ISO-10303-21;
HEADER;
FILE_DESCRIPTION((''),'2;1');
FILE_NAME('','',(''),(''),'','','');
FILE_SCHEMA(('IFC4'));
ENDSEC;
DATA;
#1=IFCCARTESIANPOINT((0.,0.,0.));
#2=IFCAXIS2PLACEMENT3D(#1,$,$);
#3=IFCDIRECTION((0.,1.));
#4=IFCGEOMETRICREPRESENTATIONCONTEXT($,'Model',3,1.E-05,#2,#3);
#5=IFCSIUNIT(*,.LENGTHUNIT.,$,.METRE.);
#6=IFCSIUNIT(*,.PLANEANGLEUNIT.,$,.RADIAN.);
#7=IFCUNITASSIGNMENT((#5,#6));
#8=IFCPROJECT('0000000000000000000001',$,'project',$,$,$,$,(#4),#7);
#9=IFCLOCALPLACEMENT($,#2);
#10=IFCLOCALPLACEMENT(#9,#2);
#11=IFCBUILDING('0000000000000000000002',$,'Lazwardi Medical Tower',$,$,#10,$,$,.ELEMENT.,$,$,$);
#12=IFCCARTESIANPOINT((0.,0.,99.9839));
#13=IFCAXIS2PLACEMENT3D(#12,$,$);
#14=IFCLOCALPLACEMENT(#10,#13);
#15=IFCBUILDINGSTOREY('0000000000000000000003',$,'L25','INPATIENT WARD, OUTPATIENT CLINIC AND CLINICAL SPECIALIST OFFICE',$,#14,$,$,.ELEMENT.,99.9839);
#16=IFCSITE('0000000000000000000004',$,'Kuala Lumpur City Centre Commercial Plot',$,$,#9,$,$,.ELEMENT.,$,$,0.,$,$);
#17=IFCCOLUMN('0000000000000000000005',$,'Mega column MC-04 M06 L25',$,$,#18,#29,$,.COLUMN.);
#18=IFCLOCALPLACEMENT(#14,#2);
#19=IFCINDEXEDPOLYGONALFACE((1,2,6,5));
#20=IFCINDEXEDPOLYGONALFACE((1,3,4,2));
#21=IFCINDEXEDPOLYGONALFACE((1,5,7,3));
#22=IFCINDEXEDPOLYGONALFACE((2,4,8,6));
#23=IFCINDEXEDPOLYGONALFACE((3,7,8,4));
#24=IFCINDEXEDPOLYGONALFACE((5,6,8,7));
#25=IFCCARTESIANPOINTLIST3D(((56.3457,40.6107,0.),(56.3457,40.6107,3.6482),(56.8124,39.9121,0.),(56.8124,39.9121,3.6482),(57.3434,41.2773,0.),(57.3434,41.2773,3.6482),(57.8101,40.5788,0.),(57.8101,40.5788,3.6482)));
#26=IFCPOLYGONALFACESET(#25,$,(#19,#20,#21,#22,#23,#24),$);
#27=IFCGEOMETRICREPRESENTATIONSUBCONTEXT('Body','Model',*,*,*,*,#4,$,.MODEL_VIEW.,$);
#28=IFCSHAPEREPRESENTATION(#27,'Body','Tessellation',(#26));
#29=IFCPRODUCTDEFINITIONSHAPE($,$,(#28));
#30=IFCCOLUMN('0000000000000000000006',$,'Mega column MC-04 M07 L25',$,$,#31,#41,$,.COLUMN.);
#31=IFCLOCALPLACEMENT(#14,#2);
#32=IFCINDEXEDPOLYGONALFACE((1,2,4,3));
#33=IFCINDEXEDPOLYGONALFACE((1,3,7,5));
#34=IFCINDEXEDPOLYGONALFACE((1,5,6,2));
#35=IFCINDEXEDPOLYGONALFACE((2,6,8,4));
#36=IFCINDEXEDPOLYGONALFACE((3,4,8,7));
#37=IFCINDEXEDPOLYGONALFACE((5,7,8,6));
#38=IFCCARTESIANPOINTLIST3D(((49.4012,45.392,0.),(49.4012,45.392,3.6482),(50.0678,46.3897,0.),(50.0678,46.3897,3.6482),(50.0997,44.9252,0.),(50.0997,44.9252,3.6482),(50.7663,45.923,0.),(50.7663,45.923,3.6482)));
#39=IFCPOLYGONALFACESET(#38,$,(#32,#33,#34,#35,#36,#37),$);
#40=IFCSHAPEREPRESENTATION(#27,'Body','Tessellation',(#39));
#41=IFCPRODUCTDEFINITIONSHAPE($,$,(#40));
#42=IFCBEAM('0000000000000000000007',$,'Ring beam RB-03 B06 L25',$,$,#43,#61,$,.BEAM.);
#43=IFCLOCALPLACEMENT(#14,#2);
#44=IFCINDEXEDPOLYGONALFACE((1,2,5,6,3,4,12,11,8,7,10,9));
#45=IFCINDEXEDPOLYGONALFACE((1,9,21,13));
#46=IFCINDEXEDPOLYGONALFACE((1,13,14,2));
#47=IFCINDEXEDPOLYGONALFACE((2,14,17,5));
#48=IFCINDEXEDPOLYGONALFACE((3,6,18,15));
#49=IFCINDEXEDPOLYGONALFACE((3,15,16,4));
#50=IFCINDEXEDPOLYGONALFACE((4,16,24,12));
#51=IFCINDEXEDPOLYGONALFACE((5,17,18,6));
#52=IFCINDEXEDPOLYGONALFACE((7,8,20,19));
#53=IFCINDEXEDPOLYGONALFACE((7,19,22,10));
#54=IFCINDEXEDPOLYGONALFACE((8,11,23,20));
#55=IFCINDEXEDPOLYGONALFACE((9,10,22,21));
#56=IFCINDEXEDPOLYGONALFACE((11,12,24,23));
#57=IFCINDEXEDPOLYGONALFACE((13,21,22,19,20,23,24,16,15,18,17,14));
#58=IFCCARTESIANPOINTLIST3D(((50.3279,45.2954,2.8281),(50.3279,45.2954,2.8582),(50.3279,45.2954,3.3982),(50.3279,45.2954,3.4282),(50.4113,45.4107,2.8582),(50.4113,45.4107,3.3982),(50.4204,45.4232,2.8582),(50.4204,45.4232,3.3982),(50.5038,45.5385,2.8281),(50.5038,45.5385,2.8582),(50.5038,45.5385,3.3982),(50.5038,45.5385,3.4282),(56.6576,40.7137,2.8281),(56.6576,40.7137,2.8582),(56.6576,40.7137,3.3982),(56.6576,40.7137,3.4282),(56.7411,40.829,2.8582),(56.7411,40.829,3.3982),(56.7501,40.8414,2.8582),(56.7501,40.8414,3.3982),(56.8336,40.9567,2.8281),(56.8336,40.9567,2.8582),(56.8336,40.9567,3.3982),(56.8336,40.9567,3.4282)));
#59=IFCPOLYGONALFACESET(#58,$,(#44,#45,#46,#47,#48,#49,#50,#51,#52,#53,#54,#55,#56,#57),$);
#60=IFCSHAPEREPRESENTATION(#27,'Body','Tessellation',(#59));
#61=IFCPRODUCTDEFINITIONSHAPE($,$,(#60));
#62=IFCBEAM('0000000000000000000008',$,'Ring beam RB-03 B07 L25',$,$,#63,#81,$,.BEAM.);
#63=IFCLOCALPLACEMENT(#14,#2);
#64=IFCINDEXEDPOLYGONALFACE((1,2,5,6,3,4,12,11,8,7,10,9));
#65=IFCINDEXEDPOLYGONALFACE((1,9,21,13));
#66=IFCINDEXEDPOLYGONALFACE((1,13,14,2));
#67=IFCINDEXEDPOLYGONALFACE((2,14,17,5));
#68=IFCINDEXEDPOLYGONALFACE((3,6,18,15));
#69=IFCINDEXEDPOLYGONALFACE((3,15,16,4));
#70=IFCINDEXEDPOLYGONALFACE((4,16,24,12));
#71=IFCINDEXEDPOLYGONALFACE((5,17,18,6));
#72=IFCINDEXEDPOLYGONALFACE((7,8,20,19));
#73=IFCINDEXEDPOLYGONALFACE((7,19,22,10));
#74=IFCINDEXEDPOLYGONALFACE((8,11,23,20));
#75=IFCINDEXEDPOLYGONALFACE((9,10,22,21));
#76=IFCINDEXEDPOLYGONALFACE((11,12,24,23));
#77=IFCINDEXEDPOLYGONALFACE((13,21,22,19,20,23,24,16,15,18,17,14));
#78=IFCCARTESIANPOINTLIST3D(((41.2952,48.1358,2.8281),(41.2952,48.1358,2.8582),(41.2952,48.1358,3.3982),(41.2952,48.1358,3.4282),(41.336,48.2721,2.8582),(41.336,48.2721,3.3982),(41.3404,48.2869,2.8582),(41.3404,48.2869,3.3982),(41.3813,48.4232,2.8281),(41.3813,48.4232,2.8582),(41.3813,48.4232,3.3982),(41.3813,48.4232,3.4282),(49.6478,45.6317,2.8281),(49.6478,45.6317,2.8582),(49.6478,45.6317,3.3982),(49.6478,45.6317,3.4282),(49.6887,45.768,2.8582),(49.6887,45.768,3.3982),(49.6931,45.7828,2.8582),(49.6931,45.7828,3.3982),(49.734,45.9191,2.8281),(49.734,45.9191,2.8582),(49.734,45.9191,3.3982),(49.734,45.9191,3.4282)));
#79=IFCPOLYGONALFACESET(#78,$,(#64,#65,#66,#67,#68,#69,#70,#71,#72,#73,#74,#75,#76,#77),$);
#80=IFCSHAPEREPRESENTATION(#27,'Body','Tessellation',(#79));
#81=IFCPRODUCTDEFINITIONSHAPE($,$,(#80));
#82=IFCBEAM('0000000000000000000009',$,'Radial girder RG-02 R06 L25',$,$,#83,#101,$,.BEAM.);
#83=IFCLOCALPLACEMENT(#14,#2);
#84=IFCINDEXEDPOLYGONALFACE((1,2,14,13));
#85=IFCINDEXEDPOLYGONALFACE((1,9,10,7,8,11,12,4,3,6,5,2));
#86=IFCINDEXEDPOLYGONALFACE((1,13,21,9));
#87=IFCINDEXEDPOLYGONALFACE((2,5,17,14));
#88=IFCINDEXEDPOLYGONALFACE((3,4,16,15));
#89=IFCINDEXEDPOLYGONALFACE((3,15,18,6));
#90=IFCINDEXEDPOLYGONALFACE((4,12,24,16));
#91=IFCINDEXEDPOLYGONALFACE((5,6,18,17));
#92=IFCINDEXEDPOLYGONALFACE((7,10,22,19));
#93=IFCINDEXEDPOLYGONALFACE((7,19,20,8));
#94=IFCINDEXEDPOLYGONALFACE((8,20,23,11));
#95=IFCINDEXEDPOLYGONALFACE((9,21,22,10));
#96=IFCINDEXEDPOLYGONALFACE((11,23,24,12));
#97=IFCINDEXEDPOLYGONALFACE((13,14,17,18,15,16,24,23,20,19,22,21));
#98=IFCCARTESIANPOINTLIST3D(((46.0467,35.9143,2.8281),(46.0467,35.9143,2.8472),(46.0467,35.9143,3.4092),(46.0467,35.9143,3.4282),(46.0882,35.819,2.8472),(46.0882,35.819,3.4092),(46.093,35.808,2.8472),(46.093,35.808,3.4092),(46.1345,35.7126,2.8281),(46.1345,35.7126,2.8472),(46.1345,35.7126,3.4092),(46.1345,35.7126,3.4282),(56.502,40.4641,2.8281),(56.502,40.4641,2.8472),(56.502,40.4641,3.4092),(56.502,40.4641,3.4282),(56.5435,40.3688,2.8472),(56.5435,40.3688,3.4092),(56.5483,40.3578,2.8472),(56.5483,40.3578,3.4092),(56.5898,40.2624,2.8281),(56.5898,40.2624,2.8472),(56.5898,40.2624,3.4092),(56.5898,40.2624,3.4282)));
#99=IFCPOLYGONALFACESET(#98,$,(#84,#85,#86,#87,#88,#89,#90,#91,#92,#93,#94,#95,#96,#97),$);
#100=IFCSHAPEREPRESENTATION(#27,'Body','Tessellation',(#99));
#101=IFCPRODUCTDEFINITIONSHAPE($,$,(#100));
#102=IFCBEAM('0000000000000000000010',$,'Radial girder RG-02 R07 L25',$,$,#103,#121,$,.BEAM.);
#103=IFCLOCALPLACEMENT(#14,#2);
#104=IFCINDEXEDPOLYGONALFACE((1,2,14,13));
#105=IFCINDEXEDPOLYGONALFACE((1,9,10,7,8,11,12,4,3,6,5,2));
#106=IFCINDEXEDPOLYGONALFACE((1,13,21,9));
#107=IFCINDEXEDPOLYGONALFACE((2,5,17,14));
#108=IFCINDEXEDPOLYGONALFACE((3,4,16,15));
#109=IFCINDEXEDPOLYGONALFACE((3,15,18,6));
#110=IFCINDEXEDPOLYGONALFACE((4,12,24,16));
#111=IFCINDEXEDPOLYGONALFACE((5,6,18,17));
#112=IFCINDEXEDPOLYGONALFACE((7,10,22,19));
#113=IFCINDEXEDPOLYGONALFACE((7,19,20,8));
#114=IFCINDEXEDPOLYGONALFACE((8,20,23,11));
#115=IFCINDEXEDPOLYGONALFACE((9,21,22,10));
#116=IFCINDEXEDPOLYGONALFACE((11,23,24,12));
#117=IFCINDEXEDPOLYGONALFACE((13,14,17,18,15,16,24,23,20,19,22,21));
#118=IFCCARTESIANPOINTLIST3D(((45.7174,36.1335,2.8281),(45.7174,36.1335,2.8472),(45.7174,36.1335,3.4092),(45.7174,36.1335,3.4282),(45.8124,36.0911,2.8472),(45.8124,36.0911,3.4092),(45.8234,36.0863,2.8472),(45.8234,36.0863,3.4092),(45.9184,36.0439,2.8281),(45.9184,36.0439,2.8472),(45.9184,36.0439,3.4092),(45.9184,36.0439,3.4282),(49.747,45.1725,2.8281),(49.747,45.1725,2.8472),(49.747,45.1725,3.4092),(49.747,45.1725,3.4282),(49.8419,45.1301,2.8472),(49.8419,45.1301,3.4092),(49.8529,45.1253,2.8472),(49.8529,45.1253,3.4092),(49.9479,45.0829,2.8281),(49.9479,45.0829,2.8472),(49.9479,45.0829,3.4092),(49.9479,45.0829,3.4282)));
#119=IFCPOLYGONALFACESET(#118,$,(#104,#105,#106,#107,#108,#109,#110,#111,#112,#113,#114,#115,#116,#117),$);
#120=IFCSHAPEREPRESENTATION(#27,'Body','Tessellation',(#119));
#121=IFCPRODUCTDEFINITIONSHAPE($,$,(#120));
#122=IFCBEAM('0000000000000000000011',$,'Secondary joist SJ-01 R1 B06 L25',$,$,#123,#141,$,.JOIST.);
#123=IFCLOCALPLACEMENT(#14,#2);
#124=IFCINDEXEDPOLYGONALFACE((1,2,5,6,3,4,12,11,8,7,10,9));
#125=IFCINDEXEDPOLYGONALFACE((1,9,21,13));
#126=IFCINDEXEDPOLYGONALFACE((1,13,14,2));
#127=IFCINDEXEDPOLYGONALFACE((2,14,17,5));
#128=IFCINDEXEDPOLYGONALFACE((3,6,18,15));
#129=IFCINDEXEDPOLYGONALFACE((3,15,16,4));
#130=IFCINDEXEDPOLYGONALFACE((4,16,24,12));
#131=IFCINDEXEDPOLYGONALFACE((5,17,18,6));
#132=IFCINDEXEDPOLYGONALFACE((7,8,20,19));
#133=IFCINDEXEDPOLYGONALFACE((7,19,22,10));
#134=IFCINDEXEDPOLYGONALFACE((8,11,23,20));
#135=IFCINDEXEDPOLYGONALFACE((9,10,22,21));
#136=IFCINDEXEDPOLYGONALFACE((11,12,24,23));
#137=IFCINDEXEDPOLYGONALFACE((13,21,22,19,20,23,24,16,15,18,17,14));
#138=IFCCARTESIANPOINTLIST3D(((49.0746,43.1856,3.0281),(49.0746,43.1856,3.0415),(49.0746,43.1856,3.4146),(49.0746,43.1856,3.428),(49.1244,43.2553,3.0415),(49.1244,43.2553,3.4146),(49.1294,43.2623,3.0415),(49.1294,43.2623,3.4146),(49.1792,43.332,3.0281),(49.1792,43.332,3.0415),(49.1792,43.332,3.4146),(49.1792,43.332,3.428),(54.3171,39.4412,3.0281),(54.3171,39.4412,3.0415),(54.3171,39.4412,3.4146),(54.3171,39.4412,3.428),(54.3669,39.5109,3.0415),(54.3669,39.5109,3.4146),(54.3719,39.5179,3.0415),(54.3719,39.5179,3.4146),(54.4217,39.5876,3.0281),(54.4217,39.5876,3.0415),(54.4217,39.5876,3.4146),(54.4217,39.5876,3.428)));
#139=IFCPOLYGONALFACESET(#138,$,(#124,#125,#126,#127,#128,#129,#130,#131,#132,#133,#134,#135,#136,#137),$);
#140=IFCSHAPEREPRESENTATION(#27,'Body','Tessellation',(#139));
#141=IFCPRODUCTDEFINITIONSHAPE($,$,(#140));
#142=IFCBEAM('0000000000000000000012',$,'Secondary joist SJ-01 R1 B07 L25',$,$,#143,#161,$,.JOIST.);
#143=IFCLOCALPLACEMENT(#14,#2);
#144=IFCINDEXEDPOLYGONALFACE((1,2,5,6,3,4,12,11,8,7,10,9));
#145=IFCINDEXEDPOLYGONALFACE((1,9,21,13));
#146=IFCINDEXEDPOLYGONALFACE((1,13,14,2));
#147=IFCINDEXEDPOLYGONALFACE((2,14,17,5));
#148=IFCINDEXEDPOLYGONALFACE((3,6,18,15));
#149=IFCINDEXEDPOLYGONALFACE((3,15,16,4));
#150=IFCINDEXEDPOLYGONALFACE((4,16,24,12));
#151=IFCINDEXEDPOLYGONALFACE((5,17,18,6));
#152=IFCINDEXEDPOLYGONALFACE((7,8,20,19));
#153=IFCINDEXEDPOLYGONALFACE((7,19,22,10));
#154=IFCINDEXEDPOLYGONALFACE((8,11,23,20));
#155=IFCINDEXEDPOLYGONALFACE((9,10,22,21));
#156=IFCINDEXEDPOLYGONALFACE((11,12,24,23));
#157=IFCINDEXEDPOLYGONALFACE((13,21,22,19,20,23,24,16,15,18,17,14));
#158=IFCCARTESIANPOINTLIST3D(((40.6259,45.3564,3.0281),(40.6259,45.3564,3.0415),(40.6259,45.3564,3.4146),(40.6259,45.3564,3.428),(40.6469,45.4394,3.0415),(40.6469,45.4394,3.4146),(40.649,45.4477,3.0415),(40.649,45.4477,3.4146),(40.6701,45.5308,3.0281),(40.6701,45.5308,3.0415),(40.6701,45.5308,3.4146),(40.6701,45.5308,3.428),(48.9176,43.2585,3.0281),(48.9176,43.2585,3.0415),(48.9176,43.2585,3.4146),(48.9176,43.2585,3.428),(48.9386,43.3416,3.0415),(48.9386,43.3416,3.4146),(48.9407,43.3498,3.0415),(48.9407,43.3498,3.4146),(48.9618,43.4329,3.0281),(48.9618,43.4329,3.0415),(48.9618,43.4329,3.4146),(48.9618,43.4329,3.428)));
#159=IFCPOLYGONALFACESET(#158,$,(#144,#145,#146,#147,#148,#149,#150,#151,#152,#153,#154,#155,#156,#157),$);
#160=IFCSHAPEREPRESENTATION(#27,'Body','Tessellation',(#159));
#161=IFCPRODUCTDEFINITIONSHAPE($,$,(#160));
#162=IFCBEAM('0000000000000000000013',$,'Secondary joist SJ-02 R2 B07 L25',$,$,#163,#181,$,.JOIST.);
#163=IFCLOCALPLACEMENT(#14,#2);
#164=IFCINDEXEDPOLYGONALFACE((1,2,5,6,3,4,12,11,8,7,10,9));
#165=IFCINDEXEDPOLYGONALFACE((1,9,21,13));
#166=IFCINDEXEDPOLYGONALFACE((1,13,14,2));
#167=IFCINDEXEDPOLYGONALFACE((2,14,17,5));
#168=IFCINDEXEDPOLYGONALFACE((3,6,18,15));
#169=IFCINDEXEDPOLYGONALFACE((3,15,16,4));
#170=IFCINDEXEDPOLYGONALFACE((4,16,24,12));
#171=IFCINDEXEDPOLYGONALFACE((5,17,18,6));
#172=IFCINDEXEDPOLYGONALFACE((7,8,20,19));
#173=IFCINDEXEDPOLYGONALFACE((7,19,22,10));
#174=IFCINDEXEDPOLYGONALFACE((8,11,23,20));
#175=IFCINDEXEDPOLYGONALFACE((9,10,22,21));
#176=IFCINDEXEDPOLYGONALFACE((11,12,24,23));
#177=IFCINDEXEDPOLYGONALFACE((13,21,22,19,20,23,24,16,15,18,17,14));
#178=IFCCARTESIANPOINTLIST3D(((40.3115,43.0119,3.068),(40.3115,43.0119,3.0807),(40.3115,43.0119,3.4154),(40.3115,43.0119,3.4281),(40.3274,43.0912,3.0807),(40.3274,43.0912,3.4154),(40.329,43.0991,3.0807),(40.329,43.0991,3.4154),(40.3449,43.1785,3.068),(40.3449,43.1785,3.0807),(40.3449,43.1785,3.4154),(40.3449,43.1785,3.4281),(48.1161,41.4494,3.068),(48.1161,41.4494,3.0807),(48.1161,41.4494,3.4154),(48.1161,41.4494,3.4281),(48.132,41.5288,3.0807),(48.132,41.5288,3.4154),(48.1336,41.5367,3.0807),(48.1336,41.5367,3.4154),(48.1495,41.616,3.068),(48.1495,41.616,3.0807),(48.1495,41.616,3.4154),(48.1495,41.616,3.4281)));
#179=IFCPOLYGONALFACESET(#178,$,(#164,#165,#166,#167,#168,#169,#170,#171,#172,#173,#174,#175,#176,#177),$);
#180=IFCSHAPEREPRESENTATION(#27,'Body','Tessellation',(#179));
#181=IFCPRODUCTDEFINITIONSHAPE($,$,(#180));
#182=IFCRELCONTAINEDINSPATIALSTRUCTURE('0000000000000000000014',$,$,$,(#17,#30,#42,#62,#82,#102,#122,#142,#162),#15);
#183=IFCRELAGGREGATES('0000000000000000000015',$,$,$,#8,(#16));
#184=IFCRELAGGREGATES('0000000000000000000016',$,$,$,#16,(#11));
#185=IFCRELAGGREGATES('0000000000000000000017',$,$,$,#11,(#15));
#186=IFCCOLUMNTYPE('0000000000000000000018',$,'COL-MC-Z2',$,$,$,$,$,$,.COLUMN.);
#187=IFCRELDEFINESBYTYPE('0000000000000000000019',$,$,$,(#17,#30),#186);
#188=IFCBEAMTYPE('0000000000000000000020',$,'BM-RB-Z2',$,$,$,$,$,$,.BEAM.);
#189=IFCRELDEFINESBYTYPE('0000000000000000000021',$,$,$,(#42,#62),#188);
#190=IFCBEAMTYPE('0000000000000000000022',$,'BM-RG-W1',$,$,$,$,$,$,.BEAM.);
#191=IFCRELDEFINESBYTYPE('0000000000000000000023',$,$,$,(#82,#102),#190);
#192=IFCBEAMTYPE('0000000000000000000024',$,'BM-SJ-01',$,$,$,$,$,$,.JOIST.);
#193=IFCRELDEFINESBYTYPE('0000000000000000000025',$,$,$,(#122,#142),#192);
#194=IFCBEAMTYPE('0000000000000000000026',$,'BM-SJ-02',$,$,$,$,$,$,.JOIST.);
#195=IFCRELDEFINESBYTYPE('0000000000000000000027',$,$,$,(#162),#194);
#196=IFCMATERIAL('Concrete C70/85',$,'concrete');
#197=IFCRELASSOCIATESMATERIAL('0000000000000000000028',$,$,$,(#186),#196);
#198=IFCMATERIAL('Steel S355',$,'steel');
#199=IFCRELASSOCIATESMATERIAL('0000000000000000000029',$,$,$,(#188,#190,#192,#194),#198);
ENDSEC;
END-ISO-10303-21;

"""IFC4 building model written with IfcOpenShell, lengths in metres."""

from ifc_helpers import new_model, si_unit, direction, frame, origin, origin_2d, place, context, subcontext, project, spatial, rectangle, i_section, extrude, material, material_profile, profile_set, type_object, element, save


model = new_model("IFC4")

# Units and contexts
model_context = context("Model", 3, precision=1e-05, world=origin(), true_north=direction((0.0, 1.0)))
body_context = subcontext(model_context, "Body", "Model", "MODEL_VIEW")
ifc_project = project(units=[si_unit("LENGTHUNIT", "METRE"), si_unit("PLANEANGLEUNIT", "RADIAN")], contexts=[model_context])

# Site, building, storey
site_placement = place(None, origin())
site = spatial("IfcSite", under=ifc_project, at=site_placement, Name="Kuala Lumpur City Centre Commercial Plot", CompositionType="ELEMENT", RefElevation=0.0)
building_placement = place(site_placement, origin())
building = spatial("IfcBuilding", under=site, at=building_placement, Name="Lazwardi Medical Tower", CompositionType="ELEMENT")
storey_placement = place(building_placement, frame((0.0, 0.0, 99.9839)))
storey = spatial("IfcBuildingStorey", under=building, at=storey_placement, Name="L25", Description="INPATIENT WARD, OUTPATIENT CLINIC AND CLINICAL SPECIALIST OFFICE", CompositionType="ELEMENT", Elevation=99.9839)

# Columns
ifc_material_1 = material(Name="Concrete C70/85", Category="concrete")
ifc_material_profile_1 = material_profile(ifc_material_1, rectangle(XDim=1.2, YDim=0.8401, at=origin_2d()), Name="CFT-RECT 1200x840")
ifc_profile_set_1 = profile_set([ifc_material_profile_1], Name="Concrete C70/85")
column_type = type_object("IfcColumnType", Name="COL-MC-Z2", PredefinedType="COLUMN", material=ifc_profile_set_1)
for number, where, z_axis, x_axis, name in (
    (1, (57.0779, 40.5947, 0.0), (0.0, 0.0, 1.0), (0.83147, 0.55557, 0.0), "Mega column MC-04 M06 L25"),
    (2, (50.0837, 45.6575, 0.0), (0.0, 0.0, 1.0), (0.55557, 0.83147, 0.0), "Mega column MC-04 M07 L25"),
):
    element("IfcColumn", number, at=place(storey_placement, frame(where, z_axis=z_axis, x_axis=x_axis)), inside=storey, type_object=column_type, Name=name, PredefinedType="COLUMN", context=body_context, shape_type="SweptSolid", body=[
        extrude(rectangle(XDim=1.2, YDim=0.8401, at=origin_2d()), origin(), (0.0, 0.0, 1.0), 3.6482),
    ])

# Beams
ifc_material_2 = material(Name="Steel S355", Category="steel")
ifc_material_profile_2 = material_profile(ifc_material_2, i_section(OverallWidth=0.3, OverallDepth=0.6001, WebThickness=0.0154, FlangeThickness=0.03, at=origin_2d()), Name="HEB 600")
ifc_profile_set_2 = profile_set([ifc_material_profile_2], Name="Steel S355")
beam_type_1 = type_object("IfcBeamType", Name="BM-RB-Z2", PredefinedType="BEAM", material=ifc_profile_set_2)
beam_1_placement = place(storey_placement, frame((56.7456, 40.8352, 3.1282), z_axis=(-0.810057, 0.586351, 0.0), x_axis=(-0.586351, -0.810057, 0.0)))
element("IfcBeam", 3, at=beam_1_placement, inside=storey, type_object=beam_type_1, Name="Ring beam RB-03 B06 L25", PredefinedType="BEAM", context=body_context, shape_type="SweptSolid", body=[
    extrude(i_section(OverallWidth=0.3, OverallDepth=0.6001, WebThickness=0.0154, FlangeThickness=0.03, at=origin_2d()), origin(), (0.0, 0.0, 1.0), 7.814),
])
beam_2_placement = place(storey_placement, frame((49.6909, 45.7754, 3.1282), z_axis=(-0.957879, 0.287171, 0.0), x_axis=(-0.287171, -0.957879, 0.0)))
element("IfcBeam", 4, at=beam_2_placement, inside=storey, type_object=beam_type_1, Name="Ring beam RB-03 B07 L25", PredefinedType="BEAM", context=body_context, shape_type="SweptSolid", body=[
    extrude(i_section(OverallWidth=0.3, OverallDepth=0.6001, WebThickness=0.0154, FlangeThickness=0.03, at=origin_2d()), origin(), (0.0, 0.0, 1.0), 8.72),
])
ifc_material_profile_3 = material_profile(ifc_material_2, i_section(OverallWidth=0.22, OverallDepth=0.6001, WebThickness=0.012, FlangeThickness=0.019, at=origin_2d()), Name="IPE 600")
ifc_profile_set_3 = profile_set([ifc_material_profile_3], Name="Steel S355")
beam_type_2 = type_object("IfcBeamType", Name="BM-RG-W1", PredefinedType="BEAM", material=ifc_profile_set_3)
beam_3_placement = place(storey_placement, frame((56.5459, 40.3633, 3.1282), z_axis=(-0.916941, -0.399022, 0.0), x_axis=(0.399022, -0.916941, 0.0)))
element("IfcBeam", 5, at=beam_3_placement, inside=storey, type_object=beam_type_2, Name="Radial girder RG-02 R06 L25", PredefinedType="BEAM", context=body_context, shape_type="SweptSolid", body=[
    extrude(i_section(OverallWidth=0.22, OverallDepth=0.6001, WebThickness=0.012, FlangeThickness=0.019, at=origin_2d()), origin(), (0.0, 0.0, 1.0), 11.4023),
])
beam_4_placement = place(storey_placement, frame((49.8474, 45.1277, 3.1282), z_axis=(-0.407166, -0.913354, 0.0), x_axis=(0.913354, -0.407166, 0.0)))
element("IfcBeam", 6, at=beam_4_placement, inside=storey, type_object=beam_type_2, Name="Radial girder RG-02 R07 L25", PredefinedType="BEAM", context=body_context, shape_type="SweptSolid", body=[
    extrude(i_section(OverallWidth=0.22, OverallDepth=0.6001, WebThickness=0.012, FlangeThickness=0.019, at=origin_2d()), origin(), (0.0, 0.0, 1.0), 9.8965),
])
ifc_material_profile_4 = material_profile(ifc_material_2, i_section(OverallWidth=0.1799, OverallDepth=0.3999, WebThickness=0.0085, FlangeThickness=0.0134, at=origin_2d()), Name="IPE 400")
ifc_profile_set_4 = profile_set([ifc_material_profile_4], Name="Steel S355")
beam_type_3 = type_object("IfcBeamType", Name="BM-SJ-01", PredefinedType="JOIST", material=ifc_profile_set_4)
beam_5_placement = place(storey_placement, frame((54.3694, 39.5144, 3.228), z_axis=(-0.813749, 0.581217, 0.0), x_axis=(-0.581217, -0.813749, 0.0)))
element("IfcBeam", 7, at=beam_5_placement, inside=storey, type_object=beam_type_3, Name="Secondary joist SJ-01 R1 B06 L25", PredefinedType="JOIST", context=body_context, shape_type="SweptSolid", body=[
    extrude(i_section(OverallWidth=0.1799, OverallDepth=0.3999, WebThickness=0.0085, FlangeThickness=0.0134, at=origin_2d()), origin(), (0.0, 0.0, 1.0), 6.4424),
])
beam_6_placement = place(storey_placement, frame((48.9397, 43.3457, 3.228), z_axis=(-0.969452, 0.245282, 0.0), x_axis=(-0.245282, -0.969452, 0.0)))
element("IfcBeam", 8, at=beam_6_placement, inside=storey, type_object=beam_type_3, Name="Secondary joist SJ-01 R1 B07 L25", PredefinedType="JOIST", context=body_context, shape_type="SweptSolid", body=[
    extrude(i_section(OverallWidth=0.1799, OverallDepth=0.3999, WebThickness=0.0085, FlangeThickness=0.0134, at=origin_2d()), origin(), (0.0, 0.0, 1.0), 8.553),
])
ifc_material_profile_5 = material_profile(ifc_material_2, i_section(OverallWidth=0.1699, OverallDepth=0.3601, WebThickness=0.0081, FlangeThickness=0.0127, at=origin_2d()), Name="IPE 360")
ifc_profile_set_5 = profile_set([ifc_material_profile_5], Name="Steel S355")
beam_type_4 = type_object("IfcBeamType", Name="BM-SJ-02", PredefinedType="JOIST", material=ifc_profile_set_5)
beam_7_placement = place(storey_placement, frame((48.1328, 41.5327, 3.248), z_axis=(-0.980543, 0.196305, 0.0), x_axis=(-0.196305, -0.980543, 0.0)))
element("IfcBeam", 9, at=beam_7_placement, inside=storey, type_object=beam_type_4, Name="Secondary joist SJ-02 R2 B07 L25", PredefinedType="JOIST", context=body_context, shape_type="SweptSolid", body=[
    extrude(i_section(OverallWidth=0.1699, OverallDepth=0.3601, WebThickness=0.0081, FlangeThickness=0.0127, at=origin_2d()), origin(), (0.0, 0.0, 1.0), 7.9595),
])

save(model, "model.ifc")
